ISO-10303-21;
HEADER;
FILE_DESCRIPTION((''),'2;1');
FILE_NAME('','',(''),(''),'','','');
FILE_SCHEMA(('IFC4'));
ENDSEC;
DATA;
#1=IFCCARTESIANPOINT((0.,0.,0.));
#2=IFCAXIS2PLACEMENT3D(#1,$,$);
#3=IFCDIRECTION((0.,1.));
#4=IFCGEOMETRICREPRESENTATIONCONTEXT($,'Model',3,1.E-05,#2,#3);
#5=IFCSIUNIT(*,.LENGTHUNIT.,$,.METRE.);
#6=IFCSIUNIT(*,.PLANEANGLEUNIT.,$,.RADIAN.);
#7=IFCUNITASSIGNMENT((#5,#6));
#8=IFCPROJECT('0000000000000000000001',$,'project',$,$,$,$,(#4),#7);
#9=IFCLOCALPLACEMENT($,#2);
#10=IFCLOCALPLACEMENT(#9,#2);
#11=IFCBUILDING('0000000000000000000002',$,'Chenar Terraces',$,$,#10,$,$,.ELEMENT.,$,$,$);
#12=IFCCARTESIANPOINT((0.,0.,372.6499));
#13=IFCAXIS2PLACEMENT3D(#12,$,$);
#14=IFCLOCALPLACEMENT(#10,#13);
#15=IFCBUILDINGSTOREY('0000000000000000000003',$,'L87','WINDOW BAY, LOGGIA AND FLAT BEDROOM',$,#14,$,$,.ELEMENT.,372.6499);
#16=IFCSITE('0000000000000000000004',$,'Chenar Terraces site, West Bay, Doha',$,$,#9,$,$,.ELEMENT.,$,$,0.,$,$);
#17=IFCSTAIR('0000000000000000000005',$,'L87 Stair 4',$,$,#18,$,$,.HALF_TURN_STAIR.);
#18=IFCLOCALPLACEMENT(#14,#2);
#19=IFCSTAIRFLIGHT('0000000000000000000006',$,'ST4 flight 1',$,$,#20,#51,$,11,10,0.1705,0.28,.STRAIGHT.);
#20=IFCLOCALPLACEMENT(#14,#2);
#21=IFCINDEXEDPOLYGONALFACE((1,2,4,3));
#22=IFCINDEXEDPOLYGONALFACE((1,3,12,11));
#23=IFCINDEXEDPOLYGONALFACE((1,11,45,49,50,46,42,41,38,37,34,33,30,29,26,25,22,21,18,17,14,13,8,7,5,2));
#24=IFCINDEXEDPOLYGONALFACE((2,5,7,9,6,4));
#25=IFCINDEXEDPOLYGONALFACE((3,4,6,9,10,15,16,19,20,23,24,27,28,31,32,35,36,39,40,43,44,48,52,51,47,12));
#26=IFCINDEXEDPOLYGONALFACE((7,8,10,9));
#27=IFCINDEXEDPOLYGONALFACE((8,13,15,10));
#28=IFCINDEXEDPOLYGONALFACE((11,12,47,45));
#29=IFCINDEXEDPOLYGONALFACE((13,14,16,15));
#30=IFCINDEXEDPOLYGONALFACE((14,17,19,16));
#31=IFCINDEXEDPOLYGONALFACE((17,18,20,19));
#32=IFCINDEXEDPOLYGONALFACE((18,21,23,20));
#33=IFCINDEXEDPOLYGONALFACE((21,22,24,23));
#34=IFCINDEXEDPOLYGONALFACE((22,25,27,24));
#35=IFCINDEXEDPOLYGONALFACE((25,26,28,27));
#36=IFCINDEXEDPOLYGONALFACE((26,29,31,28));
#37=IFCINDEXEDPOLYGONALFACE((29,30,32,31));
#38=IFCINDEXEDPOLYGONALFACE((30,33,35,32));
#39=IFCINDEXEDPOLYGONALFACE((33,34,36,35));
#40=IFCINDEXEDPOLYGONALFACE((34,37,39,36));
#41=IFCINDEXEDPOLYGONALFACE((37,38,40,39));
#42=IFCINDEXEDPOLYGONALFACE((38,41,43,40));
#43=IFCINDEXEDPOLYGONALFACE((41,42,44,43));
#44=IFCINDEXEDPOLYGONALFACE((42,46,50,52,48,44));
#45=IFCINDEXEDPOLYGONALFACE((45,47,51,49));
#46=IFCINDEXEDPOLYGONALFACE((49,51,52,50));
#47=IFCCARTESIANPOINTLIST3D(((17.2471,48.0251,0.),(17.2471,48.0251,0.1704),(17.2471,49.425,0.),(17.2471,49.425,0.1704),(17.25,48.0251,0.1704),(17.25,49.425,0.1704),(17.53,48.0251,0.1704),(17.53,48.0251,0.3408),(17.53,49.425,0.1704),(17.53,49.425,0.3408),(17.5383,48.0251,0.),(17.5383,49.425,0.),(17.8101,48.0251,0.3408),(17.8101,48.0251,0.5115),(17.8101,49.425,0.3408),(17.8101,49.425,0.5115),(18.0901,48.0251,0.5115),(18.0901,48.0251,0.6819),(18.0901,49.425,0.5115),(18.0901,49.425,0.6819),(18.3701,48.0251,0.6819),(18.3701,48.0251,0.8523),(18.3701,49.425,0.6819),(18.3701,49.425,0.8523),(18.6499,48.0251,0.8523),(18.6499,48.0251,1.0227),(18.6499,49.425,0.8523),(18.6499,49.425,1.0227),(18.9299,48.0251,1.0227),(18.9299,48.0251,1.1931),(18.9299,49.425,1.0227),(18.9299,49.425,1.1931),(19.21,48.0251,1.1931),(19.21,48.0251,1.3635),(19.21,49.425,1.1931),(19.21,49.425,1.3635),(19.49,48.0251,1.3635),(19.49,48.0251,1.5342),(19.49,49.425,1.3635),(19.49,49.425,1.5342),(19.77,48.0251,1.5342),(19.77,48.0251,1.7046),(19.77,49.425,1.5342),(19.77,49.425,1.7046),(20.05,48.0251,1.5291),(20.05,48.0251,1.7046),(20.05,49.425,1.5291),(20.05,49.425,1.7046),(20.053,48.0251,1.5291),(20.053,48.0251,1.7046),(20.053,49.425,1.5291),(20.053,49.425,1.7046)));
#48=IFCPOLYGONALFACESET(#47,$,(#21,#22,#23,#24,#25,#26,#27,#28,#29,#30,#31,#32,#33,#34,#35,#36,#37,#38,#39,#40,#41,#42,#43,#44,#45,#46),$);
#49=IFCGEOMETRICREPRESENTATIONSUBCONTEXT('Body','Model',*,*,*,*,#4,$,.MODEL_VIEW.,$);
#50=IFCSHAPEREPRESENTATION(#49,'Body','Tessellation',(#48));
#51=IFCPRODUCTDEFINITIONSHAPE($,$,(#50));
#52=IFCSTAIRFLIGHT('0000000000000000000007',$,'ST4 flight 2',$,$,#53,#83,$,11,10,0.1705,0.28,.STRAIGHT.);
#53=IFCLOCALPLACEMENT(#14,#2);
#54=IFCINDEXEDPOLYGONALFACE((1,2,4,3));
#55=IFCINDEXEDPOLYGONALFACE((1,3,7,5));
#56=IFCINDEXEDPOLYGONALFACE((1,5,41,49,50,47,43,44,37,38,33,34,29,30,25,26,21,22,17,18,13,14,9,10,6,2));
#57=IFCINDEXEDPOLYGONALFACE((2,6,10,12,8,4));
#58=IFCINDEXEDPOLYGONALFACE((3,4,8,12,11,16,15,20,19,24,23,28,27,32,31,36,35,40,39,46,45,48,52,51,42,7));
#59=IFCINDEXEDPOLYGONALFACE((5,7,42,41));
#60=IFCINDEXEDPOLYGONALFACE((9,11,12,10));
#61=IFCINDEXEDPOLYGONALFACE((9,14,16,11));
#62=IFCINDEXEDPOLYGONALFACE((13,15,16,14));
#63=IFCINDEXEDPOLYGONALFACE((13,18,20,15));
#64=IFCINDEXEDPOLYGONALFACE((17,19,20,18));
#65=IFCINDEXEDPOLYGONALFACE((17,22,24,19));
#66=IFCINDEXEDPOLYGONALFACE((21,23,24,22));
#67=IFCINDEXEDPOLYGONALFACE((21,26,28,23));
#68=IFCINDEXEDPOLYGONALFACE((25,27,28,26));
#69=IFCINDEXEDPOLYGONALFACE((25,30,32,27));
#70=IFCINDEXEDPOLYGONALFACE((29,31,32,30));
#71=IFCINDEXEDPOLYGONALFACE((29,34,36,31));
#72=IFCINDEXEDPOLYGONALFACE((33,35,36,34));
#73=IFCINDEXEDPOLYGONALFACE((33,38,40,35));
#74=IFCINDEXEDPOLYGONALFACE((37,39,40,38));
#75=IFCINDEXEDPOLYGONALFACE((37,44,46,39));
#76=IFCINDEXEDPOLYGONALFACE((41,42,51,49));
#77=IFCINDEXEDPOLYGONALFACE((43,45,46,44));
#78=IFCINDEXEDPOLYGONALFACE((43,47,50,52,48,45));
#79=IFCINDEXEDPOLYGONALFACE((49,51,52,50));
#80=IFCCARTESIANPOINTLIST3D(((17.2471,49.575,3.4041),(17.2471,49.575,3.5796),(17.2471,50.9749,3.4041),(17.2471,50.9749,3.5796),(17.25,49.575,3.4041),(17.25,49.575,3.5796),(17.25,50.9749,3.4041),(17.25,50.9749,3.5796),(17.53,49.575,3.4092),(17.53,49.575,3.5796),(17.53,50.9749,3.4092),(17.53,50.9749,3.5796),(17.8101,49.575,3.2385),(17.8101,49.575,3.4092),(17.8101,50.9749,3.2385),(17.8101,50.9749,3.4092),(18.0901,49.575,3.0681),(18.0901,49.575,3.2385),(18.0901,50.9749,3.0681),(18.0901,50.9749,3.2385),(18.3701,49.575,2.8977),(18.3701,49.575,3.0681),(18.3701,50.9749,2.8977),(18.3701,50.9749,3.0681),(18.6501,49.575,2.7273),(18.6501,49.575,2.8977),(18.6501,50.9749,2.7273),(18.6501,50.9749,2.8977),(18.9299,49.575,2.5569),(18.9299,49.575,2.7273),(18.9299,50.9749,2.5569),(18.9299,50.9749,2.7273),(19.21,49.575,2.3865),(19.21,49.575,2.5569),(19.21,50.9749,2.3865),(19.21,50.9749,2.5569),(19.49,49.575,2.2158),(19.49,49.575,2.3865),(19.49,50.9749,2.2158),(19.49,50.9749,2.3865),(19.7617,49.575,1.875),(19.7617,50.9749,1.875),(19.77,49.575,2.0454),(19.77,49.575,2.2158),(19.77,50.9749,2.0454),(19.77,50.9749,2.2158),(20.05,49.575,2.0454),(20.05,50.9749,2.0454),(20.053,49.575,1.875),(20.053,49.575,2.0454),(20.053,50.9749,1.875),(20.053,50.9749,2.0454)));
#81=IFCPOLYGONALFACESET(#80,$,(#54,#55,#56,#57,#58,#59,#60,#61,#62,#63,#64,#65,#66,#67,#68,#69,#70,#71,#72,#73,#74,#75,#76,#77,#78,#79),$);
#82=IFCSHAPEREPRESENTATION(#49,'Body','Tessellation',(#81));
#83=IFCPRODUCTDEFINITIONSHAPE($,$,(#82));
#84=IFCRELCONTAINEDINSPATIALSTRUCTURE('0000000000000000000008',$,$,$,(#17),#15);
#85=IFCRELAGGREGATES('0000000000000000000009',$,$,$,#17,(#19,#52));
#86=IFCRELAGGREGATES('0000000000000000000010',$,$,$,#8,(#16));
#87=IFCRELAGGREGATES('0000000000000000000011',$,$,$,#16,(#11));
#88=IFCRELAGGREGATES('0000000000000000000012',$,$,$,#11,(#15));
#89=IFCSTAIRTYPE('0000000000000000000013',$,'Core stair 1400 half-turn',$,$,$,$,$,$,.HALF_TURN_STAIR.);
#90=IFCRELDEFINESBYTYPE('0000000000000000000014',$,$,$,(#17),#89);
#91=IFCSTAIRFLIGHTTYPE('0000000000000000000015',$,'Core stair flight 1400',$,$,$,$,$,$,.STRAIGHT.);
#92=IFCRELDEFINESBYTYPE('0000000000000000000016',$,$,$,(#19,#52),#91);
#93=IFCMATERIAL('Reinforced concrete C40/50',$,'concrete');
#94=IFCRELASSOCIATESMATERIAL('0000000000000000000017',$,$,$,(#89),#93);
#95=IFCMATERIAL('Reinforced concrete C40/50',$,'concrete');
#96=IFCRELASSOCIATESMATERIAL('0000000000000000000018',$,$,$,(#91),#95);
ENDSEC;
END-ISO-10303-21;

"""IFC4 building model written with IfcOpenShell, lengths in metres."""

from ifc_helpers import new_model, si_unit, direction, frame, origin, place, context, subcontext, project, spatial, polyline, outline, extrude, material, type_object, element, aggregate, save


model = new_model("IFC4")

# Units and contexts
model_context = context("Model", 3, precision=1e-05, world=origin(), true_north=direction((0.0, 1.0)))
body_context = subcontext(model_context, "Body", "Model", "MODEL_VIEW")
ifc_project = project(units=[si_unit("LENGTHUNIT", "METRE"), si_unit("PLANEANGLEUNIT", "RADIAN")], contexts=[model_context])

# Site, building, storey
site_placement = place(None, origin())
site = spatial("IfcSite", under=ifc_project, at=site_placement, Name="Chenar Terraces site, West Bay, Doha", CompositionType="ELEMENT", RefElevation=0.0)
building_placement = place(site_placement, origin())
building = spatial("IfcBuilding", under=site, at=building_placement, Name="Chenar Terraces", CompositionType="ELEMENT")
storey_placement = place(building_placement, frame((0.0, 0.0, 372.6499)))
storey = spatial("IfcBuildingStorey", under=building, at=storey_placement, Name="L87", Description="WINDOW BAY, LOGGIA AND FLAT BEDROOM", CompositionType="ELEMENT", Elevation=372.6499)

# Stair, stair flights
ifc_material_1 = material(Name="Reinforced concrete C40/50", Category="concrete")
stair_type = type_object("IfcStairType", Name="Core stair 1400 half-turn", PredefinedType="HALF_TURN_STAIR", material=ifc_material_1)
stair_placement = place(storey_placement, origin())
stair = element("IfcStair", 1, at=stair_placement, inside=storey, type_object=stair_type, Name="L87 Stair 4", PredefinedType="HALF_TURN_STAIR")
ifc_material_2 = material(Name="Reinforced concrete C40/50", Category="concrete")
stair_flight_type = type_object("IfcStairFlightType", Name="Core stair flight 1400", PredefinedType="STRAIGHT", material=ifc_material_2)
stair_flight_1_placement = place(storey_placement, frame((17.25, 48.7251, 0.0), z_axis=(0.0, 0.0, 1.0), x_axis=(1.0, 0.0, 0.0)))
stair_flight_1 = element("IfcStairFlight", 2, at=stair_flight_1_placement, type_object=stair_flight_type, Name="ST4 flight 1", NumberOfRisers=11, NumberOfTreads=10, PredefinedType="STRAIGHT", RiserHeight=0.1705, TreadLength=0.28, context=body_context, shape_type="SweptSolid", body=[
    extrude(outline(polyline([(-0.0029, 0.0), (-0.0029, 0.1704), (0.0, 0.1704), (0.28, 0.1704), (0.28, 0.3408), (0.5601, 0.3408), (0.5601, 0.5115), (0.8401, 0.5115), (0.8401, 0.6819), (1.1201, 0.6819), (1.1201, 0.8523), (1.3999, 0.8523), (1.3999, 1.0227), (1.6799, 1.0227), (1.6799, 1.1931), (1.96, 1.1931), (1.96, 1.3635), (2.24, 1.3635), (2.24, 1.5342), (2.52, 1.5342), (2.52, 1.7046), (2.8, 1.7046), (2.803, 1.7046), (2.803, 1.5291), (2.8, 1.5291), (0.2883, 0.0), (-0.0029, 0.0)])), frame((0.0, 0.7, 0.0), z_axis=(0.0, -1.0, 0.0), x_axis=(1.0, 0.0, 0.0)), (0.0, 0.0, 1.0), 1.3999),
])
stair_flight_2_placement = place(storey_placement, frame((20.05, 50.2749, 1.875), z_axis=(0.0, 0.0, 1.0), x_axis=(-1.0, 0.0, 0.0)))
stair_flight_2 = element("IfcStairFlight", 3, at=stair_flight_2_placement, type_object=stair_flight_type, Name="ST4 flight 2", NumberOfRisers=11, NumberOfTreads=10, PredefinedType="STRAIGHT", RiserHeight=0.1705, TreadLength=0.28, context=body_context, shape_type="SweptSolid", body=[
    extrude(outline(polyline([(-0.0029, 0.0), (-0.0029, 0.1704), (0.0, 0.1704), (0.28, 0.1704), (0.28, 0.3408), (0.5601, 0.3408), (0.5601, 0.5115), (0.8401, 0.5115), (0.8401, 0.6819), (1.1201, 0.6819), (1.1201, 0.8523), (1.3999, 0.8523), (1.3999, 1.0227), (1.6799, 1.0227), (1.6799, 1.1931), (1.96, 1.1931), (1.96, 1.3635), (2.24, 1.3635), (2.24, 1.5342), (2.52, 1.5342), (2.52, 1.7046), (2.8, 1.7046), (2.803, 1.7046), (2.803, 1.5291), (2.8, 1.5291), (0.2883, 0.0), (-0.0029, 0.0)])), frame((0.0, 0.7, 0.0), z_axis=(0.0, -1.0, 0.0), x_axis=(1.0, 0.0, 0.0)), (0.0, 0.0, 1.0), 1.3999),
])
aggregate(stair, [stair_flight_1, stair_flight_2])

save(model, "model.ifc")
